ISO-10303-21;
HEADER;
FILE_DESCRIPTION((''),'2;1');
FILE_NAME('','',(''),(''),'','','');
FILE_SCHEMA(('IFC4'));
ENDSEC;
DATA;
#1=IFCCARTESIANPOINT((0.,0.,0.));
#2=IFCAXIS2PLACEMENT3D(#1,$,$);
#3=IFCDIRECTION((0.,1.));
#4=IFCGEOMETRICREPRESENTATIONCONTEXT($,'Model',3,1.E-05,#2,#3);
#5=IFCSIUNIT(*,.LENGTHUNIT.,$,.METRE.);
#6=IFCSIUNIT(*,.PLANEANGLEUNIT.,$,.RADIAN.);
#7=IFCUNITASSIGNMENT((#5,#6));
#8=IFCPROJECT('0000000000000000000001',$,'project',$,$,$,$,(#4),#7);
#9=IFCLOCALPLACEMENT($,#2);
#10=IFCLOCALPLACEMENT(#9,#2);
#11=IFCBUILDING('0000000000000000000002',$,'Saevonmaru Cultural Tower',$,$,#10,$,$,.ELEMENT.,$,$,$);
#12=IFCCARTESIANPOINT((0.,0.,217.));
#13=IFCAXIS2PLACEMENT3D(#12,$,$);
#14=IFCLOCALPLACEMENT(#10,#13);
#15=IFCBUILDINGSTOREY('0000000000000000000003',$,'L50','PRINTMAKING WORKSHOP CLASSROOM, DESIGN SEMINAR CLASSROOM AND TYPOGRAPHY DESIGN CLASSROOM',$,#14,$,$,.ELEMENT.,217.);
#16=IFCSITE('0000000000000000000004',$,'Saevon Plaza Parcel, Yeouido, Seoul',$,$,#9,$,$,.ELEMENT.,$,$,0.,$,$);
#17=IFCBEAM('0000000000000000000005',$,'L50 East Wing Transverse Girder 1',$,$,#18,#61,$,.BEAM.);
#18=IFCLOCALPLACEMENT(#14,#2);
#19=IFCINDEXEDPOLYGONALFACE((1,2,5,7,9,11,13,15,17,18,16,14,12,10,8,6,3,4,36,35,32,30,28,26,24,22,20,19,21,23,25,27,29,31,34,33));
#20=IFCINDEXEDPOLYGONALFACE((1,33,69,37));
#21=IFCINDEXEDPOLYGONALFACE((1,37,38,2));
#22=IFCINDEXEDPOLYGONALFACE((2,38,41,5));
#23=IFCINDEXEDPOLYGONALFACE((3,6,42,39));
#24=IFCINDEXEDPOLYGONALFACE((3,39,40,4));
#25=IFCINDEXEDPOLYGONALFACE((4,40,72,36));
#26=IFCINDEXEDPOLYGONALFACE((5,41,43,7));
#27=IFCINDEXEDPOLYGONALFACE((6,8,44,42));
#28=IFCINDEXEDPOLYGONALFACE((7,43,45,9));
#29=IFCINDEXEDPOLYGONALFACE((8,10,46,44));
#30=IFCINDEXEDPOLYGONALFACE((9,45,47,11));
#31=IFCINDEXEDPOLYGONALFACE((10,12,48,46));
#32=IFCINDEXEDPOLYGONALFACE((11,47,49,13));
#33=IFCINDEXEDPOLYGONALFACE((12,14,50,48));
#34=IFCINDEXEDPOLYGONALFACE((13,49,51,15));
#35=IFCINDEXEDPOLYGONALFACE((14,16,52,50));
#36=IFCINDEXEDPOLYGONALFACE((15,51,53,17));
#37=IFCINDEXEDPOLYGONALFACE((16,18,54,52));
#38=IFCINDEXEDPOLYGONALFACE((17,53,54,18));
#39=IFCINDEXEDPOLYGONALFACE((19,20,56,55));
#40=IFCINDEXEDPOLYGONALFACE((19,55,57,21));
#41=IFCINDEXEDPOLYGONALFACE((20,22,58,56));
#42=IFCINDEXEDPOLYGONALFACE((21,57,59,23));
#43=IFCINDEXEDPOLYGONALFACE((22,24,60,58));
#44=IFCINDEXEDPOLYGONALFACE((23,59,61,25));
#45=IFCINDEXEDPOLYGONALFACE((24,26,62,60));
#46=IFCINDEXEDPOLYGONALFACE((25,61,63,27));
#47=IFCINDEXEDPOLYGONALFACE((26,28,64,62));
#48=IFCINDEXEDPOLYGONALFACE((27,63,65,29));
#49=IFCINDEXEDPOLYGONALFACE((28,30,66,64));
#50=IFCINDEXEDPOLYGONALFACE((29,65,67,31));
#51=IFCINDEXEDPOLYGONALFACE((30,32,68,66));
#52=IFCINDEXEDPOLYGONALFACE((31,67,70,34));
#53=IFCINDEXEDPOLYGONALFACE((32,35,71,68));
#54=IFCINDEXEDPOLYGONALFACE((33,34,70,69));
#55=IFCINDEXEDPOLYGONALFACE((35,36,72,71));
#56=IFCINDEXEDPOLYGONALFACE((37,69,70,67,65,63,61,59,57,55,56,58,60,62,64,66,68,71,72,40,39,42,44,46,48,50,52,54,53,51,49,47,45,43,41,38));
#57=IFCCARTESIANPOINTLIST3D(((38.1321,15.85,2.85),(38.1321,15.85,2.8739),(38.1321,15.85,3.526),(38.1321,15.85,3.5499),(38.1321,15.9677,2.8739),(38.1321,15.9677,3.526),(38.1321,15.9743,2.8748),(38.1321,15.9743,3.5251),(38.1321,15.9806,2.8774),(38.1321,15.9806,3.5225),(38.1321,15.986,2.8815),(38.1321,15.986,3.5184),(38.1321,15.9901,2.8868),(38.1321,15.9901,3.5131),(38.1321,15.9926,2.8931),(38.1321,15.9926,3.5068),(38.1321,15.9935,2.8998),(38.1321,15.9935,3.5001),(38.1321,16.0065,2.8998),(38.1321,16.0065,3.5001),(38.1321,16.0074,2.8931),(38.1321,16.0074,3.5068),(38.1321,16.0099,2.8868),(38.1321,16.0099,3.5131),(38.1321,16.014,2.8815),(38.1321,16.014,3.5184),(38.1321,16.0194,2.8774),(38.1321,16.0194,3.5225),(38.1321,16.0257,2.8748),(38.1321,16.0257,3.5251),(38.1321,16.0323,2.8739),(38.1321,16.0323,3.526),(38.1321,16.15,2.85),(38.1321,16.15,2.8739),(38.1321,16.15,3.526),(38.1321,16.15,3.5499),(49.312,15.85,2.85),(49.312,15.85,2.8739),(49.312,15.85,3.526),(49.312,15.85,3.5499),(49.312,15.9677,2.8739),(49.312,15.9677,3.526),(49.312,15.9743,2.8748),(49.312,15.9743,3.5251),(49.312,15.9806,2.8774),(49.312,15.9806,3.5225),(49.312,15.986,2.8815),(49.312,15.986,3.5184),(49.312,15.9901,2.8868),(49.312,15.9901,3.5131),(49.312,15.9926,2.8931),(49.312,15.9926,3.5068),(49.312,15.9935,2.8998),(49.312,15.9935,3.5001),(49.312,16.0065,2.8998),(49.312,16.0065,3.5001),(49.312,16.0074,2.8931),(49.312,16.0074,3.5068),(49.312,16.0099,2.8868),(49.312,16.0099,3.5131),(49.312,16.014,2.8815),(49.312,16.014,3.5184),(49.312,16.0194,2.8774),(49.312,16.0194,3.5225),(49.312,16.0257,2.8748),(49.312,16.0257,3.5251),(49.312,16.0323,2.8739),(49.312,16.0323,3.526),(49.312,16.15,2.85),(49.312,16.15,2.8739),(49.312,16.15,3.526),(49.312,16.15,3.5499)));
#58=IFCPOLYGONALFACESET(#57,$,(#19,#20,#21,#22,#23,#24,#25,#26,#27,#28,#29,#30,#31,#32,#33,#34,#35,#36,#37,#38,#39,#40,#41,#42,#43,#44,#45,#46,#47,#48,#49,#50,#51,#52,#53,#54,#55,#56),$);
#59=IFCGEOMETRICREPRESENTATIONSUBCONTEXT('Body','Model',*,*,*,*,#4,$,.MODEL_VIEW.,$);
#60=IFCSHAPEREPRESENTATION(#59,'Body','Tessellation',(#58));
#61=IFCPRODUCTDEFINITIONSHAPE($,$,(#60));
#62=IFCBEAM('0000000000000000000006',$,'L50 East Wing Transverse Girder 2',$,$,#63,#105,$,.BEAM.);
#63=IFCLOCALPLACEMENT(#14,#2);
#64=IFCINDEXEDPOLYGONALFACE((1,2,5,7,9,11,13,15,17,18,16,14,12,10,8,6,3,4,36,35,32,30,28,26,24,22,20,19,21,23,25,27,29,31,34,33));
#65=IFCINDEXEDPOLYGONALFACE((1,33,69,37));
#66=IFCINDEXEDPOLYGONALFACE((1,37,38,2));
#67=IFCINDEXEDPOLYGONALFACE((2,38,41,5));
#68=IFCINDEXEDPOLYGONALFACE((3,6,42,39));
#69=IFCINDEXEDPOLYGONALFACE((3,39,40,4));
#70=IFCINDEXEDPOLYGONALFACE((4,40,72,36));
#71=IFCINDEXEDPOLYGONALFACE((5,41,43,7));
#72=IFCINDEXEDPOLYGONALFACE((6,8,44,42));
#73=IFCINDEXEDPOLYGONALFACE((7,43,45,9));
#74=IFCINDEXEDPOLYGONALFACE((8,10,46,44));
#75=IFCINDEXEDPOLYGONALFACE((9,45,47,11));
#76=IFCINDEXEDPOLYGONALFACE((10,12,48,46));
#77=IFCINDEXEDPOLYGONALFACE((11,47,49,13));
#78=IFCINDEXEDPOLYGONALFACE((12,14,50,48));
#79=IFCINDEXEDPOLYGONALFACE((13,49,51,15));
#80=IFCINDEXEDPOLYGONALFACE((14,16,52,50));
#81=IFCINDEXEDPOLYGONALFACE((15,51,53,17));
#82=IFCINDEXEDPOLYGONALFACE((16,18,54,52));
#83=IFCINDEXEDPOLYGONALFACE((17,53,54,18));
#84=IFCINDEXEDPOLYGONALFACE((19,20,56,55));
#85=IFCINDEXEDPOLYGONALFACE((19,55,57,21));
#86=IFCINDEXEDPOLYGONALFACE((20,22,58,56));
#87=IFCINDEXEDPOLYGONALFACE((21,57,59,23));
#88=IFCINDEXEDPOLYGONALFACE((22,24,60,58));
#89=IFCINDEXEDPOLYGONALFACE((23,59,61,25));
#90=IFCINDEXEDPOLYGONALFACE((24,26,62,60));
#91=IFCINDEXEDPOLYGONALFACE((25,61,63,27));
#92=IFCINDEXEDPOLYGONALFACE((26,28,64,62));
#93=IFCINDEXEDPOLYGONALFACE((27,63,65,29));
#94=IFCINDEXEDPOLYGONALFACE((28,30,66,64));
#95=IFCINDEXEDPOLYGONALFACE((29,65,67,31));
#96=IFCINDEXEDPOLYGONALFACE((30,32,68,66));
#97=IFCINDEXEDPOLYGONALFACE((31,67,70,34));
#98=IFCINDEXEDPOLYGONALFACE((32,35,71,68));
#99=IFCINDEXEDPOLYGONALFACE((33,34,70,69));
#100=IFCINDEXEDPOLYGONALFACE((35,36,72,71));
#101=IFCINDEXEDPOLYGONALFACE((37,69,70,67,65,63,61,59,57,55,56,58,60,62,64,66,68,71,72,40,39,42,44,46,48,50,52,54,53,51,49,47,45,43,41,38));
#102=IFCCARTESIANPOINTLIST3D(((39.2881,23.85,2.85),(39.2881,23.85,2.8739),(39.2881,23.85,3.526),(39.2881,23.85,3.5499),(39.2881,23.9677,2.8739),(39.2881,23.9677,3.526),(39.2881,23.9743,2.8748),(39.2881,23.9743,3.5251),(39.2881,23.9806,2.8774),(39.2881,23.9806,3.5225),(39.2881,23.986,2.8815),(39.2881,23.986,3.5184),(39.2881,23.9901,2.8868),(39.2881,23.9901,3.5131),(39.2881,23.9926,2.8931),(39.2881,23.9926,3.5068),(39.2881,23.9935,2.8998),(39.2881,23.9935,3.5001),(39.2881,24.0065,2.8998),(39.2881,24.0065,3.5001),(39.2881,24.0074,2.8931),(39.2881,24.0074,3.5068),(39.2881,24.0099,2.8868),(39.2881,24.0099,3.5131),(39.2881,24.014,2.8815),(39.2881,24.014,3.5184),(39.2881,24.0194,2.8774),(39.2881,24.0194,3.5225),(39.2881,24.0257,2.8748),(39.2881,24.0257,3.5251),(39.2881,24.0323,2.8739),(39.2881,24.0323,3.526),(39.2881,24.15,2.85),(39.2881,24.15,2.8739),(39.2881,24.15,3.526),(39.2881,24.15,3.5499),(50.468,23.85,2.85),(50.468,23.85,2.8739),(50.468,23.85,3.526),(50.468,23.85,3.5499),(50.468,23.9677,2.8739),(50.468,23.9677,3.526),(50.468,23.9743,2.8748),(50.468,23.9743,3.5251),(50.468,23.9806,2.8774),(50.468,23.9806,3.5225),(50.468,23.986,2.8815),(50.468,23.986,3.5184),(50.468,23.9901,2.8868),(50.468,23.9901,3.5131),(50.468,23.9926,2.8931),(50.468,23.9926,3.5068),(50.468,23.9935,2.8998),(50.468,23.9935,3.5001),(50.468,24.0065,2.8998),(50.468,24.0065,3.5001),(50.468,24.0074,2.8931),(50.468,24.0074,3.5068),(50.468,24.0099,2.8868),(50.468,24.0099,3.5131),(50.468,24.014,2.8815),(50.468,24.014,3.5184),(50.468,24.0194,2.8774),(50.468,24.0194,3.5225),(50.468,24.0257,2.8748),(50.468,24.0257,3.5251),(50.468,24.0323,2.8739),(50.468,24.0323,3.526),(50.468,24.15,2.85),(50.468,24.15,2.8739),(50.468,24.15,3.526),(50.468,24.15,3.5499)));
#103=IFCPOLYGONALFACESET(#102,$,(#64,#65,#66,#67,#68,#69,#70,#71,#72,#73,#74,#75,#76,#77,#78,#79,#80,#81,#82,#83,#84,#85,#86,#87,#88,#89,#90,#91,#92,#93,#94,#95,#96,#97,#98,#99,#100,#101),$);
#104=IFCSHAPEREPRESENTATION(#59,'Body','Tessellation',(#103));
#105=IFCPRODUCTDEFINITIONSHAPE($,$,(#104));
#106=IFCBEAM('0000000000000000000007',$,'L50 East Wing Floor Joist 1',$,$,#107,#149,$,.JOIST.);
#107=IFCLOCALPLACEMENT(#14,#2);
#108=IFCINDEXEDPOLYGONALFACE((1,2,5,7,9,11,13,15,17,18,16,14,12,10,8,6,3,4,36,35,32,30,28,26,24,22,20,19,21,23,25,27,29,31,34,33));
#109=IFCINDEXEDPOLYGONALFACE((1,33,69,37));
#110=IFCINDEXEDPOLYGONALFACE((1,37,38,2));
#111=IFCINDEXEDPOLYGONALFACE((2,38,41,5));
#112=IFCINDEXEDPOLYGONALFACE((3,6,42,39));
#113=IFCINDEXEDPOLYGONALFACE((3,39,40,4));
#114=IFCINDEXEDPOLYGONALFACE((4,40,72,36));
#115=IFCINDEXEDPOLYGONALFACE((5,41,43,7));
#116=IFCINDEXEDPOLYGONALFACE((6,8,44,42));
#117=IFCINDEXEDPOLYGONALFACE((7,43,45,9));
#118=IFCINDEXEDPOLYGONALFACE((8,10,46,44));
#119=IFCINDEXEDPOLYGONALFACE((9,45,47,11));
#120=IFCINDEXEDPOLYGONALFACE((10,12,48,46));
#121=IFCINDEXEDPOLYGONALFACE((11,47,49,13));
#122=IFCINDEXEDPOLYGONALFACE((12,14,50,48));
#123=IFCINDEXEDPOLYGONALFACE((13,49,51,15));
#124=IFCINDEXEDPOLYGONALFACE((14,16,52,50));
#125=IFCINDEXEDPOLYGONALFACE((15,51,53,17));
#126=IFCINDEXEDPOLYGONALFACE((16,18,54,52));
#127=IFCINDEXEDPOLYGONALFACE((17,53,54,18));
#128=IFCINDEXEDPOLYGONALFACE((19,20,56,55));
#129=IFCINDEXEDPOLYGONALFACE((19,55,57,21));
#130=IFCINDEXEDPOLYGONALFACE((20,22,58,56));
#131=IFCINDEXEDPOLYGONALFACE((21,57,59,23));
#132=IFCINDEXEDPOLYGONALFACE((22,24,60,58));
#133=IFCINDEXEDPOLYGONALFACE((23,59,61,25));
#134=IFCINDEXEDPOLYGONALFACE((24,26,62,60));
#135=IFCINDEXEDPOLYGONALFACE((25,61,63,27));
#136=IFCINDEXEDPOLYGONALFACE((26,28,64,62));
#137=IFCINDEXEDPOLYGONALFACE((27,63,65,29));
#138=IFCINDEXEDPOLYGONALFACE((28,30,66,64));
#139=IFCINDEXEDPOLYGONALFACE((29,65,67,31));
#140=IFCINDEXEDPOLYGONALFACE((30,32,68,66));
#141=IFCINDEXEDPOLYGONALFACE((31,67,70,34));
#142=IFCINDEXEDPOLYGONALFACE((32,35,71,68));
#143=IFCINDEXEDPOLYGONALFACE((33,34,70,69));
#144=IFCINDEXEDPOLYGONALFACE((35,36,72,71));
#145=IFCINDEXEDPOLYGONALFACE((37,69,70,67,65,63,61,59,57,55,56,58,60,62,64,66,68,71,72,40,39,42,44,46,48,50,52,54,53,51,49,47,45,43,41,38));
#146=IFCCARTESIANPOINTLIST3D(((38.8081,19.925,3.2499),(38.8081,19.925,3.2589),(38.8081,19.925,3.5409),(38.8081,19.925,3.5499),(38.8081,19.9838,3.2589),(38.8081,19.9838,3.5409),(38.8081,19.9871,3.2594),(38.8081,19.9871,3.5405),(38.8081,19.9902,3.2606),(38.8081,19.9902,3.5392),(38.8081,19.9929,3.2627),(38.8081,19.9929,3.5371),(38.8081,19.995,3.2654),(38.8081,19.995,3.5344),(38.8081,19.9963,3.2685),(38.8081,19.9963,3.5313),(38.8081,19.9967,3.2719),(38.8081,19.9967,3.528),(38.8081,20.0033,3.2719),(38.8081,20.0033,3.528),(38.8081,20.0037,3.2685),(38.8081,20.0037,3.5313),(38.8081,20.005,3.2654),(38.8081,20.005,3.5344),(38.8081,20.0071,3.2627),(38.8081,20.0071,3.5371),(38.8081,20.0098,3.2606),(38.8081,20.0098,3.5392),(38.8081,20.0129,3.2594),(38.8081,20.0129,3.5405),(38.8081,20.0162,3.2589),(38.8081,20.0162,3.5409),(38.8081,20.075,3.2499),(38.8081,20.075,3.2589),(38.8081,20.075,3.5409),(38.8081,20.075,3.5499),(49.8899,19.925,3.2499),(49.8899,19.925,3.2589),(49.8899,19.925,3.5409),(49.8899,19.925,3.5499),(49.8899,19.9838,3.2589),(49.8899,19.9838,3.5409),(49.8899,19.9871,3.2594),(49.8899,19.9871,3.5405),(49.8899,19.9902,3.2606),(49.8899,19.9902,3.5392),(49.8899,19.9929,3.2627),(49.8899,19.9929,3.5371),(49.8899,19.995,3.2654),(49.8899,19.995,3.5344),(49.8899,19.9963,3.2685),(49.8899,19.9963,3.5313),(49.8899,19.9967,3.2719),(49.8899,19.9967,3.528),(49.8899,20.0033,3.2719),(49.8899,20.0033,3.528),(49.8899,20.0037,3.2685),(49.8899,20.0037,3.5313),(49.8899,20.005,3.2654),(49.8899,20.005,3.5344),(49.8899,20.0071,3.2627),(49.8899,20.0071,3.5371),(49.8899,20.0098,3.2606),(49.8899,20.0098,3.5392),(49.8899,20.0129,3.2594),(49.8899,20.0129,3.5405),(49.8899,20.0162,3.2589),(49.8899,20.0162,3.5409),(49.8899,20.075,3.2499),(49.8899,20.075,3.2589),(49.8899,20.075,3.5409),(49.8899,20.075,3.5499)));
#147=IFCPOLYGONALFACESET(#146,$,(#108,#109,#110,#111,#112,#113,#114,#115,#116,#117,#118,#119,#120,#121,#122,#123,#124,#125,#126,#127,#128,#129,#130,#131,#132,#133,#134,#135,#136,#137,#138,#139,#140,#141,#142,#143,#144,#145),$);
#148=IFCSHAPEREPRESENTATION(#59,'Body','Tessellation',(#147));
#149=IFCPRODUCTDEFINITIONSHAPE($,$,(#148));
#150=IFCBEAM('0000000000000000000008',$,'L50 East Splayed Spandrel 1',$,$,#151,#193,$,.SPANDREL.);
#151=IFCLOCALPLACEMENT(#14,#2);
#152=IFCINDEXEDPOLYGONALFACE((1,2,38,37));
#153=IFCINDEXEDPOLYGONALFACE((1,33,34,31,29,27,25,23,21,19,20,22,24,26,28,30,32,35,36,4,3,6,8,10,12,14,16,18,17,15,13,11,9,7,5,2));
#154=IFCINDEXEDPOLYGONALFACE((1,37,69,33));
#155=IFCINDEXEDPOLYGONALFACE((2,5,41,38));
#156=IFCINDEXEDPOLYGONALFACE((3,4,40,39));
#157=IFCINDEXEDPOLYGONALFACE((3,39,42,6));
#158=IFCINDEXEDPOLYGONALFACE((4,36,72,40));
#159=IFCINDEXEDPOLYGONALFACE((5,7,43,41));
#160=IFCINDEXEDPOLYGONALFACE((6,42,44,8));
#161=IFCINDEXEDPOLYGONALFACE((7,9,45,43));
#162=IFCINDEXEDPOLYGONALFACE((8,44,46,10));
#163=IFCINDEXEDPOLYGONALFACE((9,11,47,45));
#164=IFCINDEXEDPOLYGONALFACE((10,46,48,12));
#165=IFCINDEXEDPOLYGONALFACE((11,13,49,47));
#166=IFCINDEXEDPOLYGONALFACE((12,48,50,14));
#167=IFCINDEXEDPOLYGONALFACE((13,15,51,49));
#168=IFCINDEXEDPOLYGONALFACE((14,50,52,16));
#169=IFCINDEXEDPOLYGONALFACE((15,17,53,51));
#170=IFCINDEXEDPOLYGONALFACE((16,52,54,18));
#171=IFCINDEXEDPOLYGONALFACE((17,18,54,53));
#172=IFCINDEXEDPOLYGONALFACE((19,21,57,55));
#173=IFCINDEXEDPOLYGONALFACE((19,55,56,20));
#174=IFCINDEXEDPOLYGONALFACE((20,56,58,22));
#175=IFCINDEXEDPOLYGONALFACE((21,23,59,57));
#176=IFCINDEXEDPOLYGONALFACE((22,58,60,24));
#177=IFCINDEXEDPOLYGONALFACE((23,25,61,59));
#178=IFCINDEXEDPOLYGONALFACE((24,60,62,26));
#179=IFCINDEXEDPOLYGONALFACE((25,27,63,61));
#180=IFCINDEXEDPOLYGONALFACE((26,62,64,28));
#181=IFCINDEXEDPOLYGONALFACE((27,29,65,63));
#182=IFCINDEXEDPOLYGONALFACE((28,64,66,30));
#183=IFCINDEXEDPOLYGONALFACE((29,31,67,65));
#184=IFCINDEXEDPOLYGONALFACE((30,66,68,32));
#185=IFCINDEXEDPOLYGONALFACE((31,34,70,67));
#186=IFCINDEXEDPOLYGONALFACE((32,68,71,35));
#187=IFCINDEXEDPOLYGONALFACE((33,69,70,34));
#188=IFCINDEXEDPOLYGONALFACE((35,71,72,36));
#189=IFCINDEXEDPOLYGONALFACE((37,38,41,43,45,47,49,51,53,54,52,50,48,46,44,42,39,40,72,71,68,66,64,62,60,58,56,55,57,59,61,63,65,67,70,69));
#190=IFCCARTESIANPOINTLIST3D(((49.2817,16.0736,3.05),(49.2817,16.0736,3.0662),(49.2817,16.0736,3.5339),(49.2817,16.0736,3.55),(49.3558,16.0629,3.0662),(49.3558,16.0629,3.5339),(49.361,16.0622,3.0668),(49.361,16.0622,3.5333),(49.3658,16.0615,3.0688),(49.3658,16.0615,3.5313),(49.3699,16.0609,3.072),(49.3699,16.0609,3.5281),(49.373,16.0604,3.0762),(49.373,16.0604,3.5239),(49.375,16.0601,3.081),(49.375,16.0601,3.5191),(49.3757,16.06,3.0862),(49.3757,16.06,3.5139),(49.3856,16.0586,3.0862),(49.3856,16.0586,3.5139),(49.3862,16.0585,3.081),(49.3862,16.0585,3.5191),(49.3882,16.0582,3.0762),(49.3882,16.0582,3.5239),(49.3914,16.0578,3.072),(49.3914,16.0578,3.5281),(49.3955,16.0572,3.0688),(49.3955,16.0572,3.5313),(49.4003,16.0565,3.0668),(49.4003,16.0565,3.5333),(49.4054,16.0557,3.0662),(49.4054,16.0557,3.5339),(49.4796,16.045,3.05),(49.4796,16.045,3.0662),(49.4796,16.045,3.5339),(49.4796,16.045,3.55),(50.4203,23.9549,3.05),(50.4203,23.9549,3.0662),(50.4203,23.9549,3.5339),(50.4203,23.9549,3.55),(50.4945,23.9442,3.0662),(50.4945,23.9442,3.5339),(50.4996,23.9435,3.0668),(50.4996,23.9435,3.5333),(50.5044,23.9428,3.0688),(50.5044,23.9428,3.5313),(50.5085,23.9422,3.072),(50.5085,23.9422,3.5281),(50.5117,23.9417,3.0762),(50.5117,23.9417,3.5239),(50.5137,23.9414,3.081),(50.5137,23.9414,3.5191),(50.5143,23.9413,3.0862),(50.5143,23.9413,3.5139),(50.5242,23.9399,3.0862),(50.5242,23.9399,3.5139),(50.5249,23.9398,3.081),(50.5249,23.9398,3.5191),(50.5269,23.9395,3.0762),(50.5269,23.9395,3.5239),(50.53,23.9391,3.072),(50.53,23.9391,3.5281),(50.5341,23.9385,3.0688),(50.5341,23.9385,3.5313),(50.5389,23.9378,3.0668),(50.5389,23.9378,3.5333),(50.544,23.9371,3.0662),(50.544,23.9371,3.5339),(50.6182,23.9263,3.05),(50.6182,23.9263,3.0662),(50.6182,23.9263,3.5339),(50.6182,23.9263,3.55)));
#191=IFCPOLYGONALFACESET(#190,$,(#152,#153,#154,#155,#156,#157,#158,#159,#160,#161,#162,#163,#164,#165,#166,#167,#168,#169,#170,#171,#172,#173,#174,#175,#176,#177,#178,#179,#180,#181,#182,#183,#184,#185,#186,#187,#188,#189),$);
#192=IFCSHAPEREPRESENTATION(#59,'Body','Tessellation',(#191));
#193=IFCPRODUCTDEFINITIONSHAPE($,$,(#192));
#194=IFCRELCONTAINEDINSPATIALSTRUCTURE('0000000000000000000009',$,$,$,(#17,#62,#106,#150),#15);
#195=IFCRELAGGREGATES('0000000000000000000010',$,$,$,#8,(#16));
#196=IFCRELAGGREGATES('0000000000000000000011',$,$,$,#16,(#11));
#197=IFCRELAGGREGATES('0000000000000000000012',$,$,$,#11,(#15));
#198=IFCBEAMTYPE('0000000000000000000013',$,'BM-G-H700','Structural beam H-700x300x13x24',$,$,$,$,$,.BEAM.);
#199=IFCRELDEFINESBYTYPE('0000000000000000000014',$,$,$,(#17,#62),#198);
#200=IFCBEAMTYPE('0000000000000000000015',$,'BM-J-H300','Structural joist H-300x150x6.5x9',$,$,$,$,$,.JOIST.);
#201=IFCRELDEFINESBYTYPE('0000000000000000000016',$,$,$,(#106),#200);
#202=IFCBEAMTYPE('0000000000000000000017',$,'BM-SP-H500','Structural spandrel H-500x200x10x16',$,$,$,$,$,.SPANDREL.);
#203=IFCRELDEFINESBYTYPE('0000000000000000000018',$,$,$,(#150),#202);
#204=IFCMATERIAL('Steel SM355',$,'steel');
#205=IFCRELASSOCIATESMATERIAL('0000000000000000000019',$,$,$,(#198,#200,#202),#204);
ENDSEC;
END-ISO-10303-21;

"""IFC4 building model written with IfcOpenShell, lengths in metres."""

from ifc_helpers import new_model, si_unit, direction, frame, origin, origin_2d, place, context, subcontext, project, spatial, i_section, extrude, material, material_profile, profile_set, type_object, element, save


model = new_model("IFC4")

# Units and contexts
model_context = context("Model", 3, precision=1e-05, world=origin(), true_north=direction((0.0, 1.0)))
body_context = subcontext(model_context, "Body", "Model", "MODEL_VIEW")
ifc_project = project(units=[si_unit("LENGTHUNIT", "METRE"), si_unit("PLANEANGLEUNIT", "RADIAN")], contexts=[model_context])

# Site, building, storey
site_placement = place(None, origin())
site = spatial("IfcSite", under=ifc_project, at=site_placement, Name="Saevon Plaza Parcel, Yeouido, Seoul", CompositionType="ELEMENT", RefElevation=0.0)
building_placement = place(site_placement, origin())
building = spatial("IfcBuilding", under=site, at=building_placement, Name="Saevonmaru Cultural Tower", CompositionType="ELEMENT")
storey_placement = place(building_placement, frame((0.0, 0.0, 217.0)))
storey = spatial("IfcBuildingStorey", under=building, at=storey_placement, Name="L50", Description="PRINTMAKING WORKSHOP CLASSROOM, DESIGN SEMINAR CLASSROOM AND TYPOGRAPHY DESIGN CLASSROOM", CompositionType="ELEMENT", Elevation=217.0)

# Shared definitions
ifc_material_1 = material(Name="Steel SM355", Category="steel")

# Beams
ifc_material_profile_1 = material_profile(ifc_material_1, i_section(OverallWidth=0.3, OverallDepth=0.7, WebThickness=0.0129, FlangeThickness=0.0239, FilletRadius=0.0259, at=origin_2d()), Name="H-700x300x13x24")
ifc_profile_set_1 = profile_set([ifc_material_profile_1], Name="Steel SM355")
beam_type_1 = type_object("IfcBeamType", Name="BM-G-H700", Description="Structural beam H-700x300x13x24", PredefinedType="BEAM", material=ifc_profile_set_1)
for number, where, z_axis, x_axis, name in (
    (1, (38.1321, 16.0, 3.2), (1.0, 0.0, 0.0), (0.0, 1.0, 0.0), "L50 East Wing Transverse Girder 1"),
    (2, (39.2881, 24.0, 3.2), (1.0, 0.0, 0.0), (0.0, 1.0, 0.0), "L50 East Wing Transverse Girder 2"),
):
    element("IfcBeam", number, at=place(storey_placement, frame(where, z_axis=z_axis, x_axis=x_axis)), inside=storey, type_object=beam_type_1, Name=name, PredefinedType="BEAM", context=body_context, shape_type="SweptSolid", body=[
        extrude(i_section(OverallWidth=0.3, OverallDepth=0.7, WebThickness=0.0129, FlangeThickness=0.0239, FilletRadius=0.0259, at=origin_2d()), origin(), (0.0, 0.0, 1.0), 11.1799),
    ])
ifc_material_profile_2 = material_profile(ifc_material_1, i_section(OverallWidth=0.1499, OverallDepth=0.3, WebThickness=0.0066, FlangeThickness=0.009, FilletRadius=0.0129, at=origin_2d()), Name="H-300x150x6.5x9")
ifc_profile_set_2 = profile_set([ifc_material_profile_2], Name="Steel SM355")
beam_type_2 = type_object("IfcBeamType", Name="BM-J-H300", Description="Structural joist H-300x150x6.5x9", PredefinedType="JOIST", material=ifc_profile_set_2)
beam_placement = place(storey_placement, frame((38.8081, 20.0, 3.3999), z_axis=(1.0, 0.0, 0.0), x_axis=(0.0, 1.0, 0.0)))
element("IfcBeam", 3, at=beam_placement, inside=storey, type_object=beam_type_2, Name="L50 East Wing Floor Joist 1", PredefinedType="JOIST", context=body_context, shape_type="SweptSolid", body=[
    extrude(i_section(OverallWidth=0.1499, OverallDepth=0.3, WebThickness=0.0066, FlangeThickness=0.009, FilletRadius=0.0129, at=origin_2d()), origin(), (0.0, 0.0, 1.0), 11.0818),
])
ifc_material_profile_3 = material_profile(ifc_material_1, i_section(OverallWidth=0.2, OverallDepth=0.5, WebThickness=0.01, FlangeThickness=0.0161, FilletRadius=0.02, at=origin_2d()), Name="H-500x200x10x16")
ifc_profile_set_3 = profile_set([ifc_material_profile_3], Name="Steel SM355")
beam_type_3 = type_object("IfcBeamType", Name="BM-SP-H500", Description="Structural spandrel H-500x200x10x16", PredefinedType="SPANDREL", material=ifc_profile_set_3)
for number, where, z_axis, x_axis, name in (
    (4, (49.3806, 16.0593, 3.3), (0.142992, 0.989724, 0.0), (-0.989724, 0.142992, 0.0), "L50 East Splayed Spandrel 1"),
):
    element("IfcBeam", number, at=place(storey_placement, frame(where, z_axis=z_axis, x_axis=x_axis)), inside=storey, type_object=beam_type_3, Name=name, PredefinedType="SPANDREL", context=body_context, shape_type="SweptSolid", body=[
        extrude(i_section(OverallWidth=0.2, OverallDepth=0.5, WebThickness=0.01, FlangeThickness=0.0161, FilletRadius=0.02, at=origin_2d()), origin(), (0.0, 0.0, 1.0), 7.9631),
    ])

save(model, "model.ifc")
